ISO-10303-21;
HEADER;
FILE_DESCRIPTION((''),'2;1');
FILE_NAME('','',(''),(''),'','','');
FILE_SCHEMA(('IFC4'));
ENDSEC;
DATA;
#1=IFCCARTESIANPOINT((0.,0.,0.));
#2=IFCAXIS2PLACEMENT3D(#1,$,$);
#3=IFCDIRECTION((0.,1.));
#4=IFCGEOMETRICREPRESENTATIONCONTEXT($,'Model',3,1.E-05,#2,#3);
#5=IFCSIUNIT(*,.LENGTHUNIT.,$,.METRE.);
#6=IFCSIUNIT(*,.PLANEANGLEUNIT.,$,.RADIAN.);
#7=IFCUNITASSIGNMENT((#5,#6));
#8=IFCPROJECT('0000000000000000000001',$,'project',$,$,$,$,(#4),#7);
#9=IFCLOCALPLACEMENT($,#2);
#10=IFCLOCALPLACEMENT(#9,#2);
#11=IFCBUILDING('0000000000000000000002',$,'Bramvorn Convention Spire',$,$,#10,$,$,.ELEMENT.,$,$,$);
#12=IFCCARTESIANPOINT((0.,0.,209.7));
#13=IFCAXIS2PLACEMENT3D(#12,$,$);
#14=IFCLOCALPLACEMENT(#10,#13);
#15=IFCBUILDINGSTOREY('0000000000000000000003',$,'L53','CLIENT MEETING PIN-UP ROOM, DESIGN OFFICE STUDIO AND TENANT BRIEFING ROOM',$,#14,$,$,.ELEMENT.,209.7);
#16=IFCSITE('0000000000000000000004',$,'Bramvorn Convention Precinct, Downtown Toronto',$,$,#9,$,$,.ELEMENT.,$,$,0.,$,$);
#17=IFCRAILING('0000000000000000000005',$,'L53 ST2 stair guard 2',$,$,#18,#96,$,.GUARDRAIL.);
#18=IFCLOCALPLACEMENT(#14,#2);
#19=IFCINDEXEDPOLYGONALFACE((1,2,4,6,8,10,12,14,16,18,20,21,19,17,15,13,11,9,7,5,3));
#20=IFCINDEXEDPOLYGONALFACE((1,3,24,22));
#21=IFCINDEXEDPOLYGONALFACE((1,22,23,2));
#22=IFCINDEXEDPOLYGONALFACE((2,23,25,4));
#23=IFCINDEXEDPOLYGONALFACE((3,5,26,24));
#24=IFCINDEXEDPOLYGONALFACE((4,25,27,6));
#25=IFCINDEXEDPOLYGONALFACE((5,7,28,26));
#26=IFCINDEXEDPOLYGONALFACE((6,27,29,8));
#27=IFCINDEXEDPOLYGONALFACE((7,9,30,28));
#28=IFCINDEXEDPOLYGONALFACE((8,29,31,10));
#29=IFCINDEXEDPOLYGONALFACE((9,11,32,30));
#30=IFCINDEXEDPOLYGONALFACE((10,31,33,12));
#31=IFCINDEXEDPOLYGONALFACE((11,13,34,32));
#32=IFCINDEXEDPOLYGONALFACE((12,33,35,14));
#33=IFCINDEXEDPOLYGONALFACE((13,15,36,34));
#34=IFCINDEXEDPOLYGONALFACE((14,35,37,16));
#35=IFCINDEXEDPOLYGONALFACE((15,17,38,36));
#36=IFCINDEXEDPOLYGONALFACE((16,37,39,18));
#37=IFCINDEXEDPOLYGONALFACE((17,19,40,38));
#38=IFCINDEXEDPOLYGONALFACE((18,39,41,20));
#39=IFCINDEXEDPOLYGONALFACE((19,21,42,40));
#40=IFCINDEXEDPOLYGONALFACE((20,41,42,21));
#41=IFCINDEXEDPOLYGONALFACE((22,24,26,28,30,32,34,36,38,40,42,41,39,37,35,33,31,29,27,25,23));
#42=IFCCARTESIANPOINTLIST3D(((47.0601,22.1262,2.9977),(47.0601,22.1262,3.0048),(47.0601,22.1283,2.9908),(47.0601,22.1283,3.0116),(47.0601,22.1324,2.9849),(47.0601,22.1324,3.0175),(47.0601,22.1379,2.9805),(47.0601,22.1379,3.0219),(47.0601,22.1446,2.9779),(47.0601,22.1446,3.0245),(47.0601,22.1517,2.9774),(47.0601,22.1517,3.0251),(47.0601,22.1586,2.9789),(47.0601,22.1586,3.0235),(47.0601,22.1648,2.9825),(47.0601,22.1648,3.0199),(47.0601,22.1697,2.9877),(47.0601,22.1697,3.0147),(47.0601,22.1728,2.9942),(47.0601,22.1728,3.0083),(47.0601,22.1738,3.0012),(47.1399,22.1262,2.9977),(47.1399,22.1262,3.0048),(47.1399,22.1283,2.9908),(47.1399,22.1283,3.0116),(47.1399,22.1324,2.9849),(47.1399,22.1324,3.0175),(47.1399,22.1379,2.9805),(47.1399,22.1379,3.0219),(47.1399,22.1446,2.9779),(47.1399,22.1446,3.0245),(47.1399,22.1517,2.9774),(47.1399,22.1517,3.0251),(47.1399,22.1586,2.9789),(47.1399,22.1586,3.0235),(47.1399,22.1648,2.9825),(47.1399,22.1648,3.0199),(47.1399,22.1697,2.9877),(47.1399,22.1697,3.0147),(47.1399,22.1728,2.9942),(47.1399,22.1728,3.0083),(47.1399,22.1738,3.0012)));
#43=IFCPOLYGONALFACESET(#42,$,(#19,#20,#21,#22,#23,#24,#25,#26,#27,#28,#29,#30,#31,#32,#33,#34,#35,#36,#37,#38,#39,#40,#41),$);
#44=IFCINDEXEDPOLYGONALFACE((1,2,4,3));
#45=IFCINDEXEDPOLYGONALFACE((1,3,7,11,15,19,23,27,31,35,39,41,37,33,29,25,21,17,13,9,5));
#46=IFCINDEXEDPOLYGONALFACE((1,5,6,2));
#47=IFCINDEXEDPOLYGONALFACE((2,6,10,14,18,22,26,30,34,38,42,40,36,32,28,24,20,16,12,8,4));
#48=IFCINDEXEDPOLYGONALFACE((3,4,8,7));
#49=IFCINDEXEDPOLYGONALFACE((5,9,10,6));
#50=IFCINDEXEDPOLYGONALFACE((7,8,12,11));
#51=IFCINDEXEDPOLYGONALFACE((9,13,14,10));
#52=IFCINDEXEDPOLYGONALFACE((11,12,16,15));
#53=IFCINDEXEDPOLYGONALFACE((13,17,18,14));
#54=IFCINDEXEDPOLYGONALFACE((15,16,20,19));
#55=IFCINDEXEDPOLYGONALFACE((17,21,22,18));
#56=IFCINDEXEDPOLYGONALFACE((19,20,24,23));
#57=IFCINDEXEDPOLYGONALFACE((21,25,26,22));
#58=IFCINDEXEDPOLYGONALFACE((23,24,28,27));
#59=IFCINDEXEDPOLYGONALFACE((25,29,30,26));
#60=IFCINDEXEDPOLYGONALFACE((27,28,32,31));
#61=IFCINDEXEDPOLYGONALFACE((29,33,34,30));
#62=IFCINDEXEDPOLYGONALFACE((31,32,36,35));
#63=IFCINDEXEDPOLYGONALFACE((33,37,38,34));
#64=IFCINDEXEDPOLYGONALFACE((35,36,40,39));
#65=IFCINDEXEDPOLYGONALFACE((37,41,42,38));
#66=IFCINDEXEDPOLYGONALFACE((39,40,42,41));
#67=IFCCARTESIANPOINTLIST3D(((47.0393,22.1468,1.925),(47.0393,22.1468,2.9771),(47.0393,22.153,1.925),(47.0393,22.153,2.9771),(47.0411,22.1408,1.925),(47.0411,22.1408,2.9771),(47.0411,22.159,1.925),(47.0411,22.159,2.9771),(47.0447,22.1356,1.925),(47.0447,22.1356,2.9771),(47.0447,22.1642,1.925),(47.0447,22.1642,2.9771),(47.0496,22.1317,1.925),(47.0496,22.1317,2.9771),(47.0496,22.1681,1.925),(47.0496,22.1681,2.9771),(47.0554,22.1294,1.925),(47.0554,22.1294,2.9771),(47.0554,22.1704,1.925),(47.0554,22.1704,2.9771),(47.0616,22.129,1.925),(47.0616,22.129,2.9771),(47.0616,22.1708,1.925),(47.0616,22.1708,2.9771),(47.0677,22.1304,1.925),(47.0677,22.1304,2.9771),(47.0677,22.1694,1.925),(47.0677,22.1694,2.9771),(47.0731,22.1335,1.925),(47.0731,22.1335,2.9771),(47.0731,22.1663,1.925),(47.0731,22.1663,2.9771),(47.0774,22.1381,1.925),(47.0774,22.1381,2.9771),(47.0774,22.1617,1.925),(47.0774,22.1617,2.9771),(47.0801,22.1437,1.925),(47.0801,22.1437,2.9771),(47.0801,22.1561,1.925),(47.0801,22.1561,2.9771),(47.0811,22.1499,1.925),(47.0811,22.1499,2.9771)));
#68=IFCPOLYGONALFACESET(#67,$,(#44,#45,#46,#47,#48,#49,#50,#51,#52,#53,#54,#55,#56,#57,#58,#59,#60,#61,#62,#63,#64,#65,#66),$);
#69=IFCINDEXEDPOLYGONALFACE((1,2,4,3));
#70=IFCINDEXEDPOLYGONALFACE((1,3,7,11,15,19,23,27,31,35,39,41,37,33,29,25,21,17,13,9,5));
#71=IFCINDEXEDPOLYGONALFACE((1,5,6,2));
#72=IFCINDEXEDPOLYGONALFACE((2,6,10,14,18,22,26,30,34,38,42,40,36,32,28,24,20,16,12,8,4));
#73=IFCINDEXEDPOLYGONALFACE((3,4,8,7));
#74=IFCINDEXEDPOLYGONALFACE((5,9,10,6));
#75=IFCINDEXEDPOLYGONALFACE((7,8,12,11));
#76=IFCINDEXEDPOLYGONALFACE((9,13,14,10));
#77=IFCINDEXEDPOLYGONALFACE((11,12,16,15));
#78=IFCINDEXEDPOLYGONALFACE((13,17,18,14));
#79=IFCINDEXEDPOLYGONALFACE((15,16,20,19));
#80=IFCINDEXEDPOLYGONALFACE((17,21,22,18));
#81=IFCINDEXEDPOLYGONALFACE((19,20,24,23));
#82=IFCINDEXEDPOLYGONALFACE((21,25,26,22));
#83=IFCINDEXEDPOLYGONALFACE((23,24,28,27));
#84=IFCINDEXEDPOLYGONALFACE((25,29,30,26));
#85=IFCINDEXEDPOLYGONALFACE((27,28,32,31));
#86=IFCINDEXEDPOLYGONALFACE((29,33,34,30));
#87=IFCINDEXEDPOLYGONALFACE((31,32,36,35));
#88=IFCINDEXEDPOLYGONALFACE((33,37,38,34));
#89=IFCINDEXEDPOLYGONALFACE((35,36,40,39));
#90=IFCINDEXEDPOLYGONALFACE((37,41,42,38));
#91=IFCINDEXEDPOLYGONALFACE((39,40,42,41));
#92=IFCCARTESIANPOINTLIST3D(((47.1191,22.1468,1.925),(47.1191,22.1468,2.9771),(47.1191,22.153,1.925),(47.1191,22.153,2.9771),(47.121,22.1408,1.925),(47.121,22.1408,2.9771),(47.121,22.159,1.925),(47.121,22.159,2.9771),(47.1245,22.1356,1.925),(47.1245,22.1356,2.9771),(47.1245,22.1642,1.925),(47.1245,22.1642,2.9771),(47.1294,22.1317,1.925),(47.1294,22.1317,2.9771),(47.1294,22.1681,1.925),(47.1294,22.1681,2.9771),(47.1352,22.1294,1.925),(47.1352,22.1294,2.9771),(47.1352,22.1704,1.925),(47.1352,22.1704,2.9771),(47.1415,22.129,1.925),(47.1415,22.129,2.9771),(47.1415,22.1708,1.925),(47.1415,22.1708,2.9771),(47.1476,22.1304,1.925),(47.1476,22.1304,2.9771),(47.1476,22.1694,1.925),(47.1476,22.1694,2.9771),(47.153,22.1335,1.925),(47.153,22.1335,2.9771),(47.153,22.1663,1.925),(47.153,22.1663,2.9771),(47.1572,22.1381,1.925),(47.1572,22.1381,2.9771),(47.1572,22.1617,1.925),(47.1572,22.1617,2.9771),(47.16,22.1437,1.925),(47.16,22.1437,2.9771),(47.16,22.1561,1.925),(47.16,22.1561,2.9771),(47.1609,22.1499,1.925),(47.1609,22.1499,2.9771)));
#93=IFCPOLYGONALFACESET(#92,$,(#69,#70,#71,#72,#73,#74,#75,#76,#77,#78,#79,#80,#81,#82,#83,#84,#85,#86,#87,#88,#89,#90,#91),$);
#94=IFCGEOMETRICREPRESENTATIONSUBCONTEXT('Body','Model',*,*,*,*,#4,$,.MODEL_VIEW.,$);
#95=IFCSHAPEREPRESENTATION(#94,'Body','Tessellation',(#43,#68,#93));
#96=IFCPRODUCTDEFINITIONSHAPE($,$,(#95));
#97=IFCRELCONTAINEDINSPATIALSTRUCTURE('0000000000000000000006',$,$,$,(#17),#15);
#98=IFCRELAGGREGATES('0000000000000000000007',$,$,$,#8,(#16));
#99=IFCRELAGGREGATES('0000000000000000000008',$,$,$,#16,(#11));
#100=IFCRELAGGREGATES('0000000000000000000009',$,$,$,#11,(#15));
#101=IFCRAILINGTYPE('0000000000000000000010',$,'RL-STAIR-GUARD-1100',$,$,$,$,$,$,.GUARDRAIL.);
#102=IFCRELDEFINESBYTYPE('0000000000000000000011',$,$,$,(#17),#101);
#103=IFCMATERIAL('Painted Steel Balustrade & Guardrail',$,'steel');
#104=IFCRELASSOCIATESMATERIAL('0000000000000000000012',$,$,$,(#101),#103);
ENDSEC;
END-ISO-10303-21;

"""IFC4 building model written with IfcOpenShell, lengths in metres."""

from ifc_helpers import new_model, si_unit, direction, frame, origin, origin_2d, place, context, subcontext, project, spatial, circle, extrude, material, type_object, element, save


model = new_model("IFC4")

# Units and contexts
model_context = context("Model", 3, precision=1e-05, world=origin(), true_north=direction((0.0, 1.0)))
body_context = subcontext(model_context, "Body", "Model", "MODEL_VIEW")
ifc_project = project(units=[si_unit("LENGTHUNIT", "METRE"), si_unit("PLANEANGLEUNIT", "RADIAN")], contexts=[model_context])

# Site, building, storey
site_placement = place(None, origin())
site = spatial("IfcSite", under=ifc_project, at=site_placement, Name="Bramvorn Convention Precinct, Downtown Toronto", CompositionType="ELEMENT", RefElevation=0.0)
building_placement = place(site_placement, origin())
building = spatial("IfcBuilding", under=site, at=building_placement, Name="Bramvorn Convention Spire", CompositionType="ELEMENT")
storey_placement = place(building_placement, frame((0.0, 0.0, 209.7)))
storey = spatial("IfcBuildingStorey", under=building, at=storey_placement, Name="L53", Description="CLIENT MEETING PIN-UP ROOM, DESIGN OFFICE STUDIO AND TENANT BRIEFING ROOM", CompositionType="ELEMENT", Elevation=209.7)

# Railing
ifc_material_1 = material(Name="Painted Steel Balustrade & Guardrail", Category="steel")
railing_type_1 = type_object("IfcRailingType", Name="RL-STAIR-GUARD-1100", PredefinedType="GUARDRAIL", material=ifc_material_1)
railing_1_placement = place(storey_placement, frame((47.0601, 22.1499, 1.925)))
element("IfcRailing", 1, at=railing_1_placement, inside=storey, type_object=railing_type_1, Name="L53 ST2 stair guard 2", PredefinedType="GUARDRAIL", context=body_context, shape_type="SweptSolid", body=[
    extrude(circle(Radius=0.0239, at=origin_2d()), frame((0.0, 0.0, 1.0762), z_axis=(1.0, 0.0, 0.0), x_axis=(0.0, 1.0, 0.0)), (0.0, 0.0, 1.0), 0.0798),
    extrude(circle(Radius=0.021, at=origin_2d()), origin(), (0.0, 0.0, 1.0), 1.052),
    extrude(circle(Radius=0.021, at=origin_2d()), frame((0.0798, 0.0, 0.0)), (0.0, 0.0, 1.0), 1.052),
])

save(model, "model.ifc")
